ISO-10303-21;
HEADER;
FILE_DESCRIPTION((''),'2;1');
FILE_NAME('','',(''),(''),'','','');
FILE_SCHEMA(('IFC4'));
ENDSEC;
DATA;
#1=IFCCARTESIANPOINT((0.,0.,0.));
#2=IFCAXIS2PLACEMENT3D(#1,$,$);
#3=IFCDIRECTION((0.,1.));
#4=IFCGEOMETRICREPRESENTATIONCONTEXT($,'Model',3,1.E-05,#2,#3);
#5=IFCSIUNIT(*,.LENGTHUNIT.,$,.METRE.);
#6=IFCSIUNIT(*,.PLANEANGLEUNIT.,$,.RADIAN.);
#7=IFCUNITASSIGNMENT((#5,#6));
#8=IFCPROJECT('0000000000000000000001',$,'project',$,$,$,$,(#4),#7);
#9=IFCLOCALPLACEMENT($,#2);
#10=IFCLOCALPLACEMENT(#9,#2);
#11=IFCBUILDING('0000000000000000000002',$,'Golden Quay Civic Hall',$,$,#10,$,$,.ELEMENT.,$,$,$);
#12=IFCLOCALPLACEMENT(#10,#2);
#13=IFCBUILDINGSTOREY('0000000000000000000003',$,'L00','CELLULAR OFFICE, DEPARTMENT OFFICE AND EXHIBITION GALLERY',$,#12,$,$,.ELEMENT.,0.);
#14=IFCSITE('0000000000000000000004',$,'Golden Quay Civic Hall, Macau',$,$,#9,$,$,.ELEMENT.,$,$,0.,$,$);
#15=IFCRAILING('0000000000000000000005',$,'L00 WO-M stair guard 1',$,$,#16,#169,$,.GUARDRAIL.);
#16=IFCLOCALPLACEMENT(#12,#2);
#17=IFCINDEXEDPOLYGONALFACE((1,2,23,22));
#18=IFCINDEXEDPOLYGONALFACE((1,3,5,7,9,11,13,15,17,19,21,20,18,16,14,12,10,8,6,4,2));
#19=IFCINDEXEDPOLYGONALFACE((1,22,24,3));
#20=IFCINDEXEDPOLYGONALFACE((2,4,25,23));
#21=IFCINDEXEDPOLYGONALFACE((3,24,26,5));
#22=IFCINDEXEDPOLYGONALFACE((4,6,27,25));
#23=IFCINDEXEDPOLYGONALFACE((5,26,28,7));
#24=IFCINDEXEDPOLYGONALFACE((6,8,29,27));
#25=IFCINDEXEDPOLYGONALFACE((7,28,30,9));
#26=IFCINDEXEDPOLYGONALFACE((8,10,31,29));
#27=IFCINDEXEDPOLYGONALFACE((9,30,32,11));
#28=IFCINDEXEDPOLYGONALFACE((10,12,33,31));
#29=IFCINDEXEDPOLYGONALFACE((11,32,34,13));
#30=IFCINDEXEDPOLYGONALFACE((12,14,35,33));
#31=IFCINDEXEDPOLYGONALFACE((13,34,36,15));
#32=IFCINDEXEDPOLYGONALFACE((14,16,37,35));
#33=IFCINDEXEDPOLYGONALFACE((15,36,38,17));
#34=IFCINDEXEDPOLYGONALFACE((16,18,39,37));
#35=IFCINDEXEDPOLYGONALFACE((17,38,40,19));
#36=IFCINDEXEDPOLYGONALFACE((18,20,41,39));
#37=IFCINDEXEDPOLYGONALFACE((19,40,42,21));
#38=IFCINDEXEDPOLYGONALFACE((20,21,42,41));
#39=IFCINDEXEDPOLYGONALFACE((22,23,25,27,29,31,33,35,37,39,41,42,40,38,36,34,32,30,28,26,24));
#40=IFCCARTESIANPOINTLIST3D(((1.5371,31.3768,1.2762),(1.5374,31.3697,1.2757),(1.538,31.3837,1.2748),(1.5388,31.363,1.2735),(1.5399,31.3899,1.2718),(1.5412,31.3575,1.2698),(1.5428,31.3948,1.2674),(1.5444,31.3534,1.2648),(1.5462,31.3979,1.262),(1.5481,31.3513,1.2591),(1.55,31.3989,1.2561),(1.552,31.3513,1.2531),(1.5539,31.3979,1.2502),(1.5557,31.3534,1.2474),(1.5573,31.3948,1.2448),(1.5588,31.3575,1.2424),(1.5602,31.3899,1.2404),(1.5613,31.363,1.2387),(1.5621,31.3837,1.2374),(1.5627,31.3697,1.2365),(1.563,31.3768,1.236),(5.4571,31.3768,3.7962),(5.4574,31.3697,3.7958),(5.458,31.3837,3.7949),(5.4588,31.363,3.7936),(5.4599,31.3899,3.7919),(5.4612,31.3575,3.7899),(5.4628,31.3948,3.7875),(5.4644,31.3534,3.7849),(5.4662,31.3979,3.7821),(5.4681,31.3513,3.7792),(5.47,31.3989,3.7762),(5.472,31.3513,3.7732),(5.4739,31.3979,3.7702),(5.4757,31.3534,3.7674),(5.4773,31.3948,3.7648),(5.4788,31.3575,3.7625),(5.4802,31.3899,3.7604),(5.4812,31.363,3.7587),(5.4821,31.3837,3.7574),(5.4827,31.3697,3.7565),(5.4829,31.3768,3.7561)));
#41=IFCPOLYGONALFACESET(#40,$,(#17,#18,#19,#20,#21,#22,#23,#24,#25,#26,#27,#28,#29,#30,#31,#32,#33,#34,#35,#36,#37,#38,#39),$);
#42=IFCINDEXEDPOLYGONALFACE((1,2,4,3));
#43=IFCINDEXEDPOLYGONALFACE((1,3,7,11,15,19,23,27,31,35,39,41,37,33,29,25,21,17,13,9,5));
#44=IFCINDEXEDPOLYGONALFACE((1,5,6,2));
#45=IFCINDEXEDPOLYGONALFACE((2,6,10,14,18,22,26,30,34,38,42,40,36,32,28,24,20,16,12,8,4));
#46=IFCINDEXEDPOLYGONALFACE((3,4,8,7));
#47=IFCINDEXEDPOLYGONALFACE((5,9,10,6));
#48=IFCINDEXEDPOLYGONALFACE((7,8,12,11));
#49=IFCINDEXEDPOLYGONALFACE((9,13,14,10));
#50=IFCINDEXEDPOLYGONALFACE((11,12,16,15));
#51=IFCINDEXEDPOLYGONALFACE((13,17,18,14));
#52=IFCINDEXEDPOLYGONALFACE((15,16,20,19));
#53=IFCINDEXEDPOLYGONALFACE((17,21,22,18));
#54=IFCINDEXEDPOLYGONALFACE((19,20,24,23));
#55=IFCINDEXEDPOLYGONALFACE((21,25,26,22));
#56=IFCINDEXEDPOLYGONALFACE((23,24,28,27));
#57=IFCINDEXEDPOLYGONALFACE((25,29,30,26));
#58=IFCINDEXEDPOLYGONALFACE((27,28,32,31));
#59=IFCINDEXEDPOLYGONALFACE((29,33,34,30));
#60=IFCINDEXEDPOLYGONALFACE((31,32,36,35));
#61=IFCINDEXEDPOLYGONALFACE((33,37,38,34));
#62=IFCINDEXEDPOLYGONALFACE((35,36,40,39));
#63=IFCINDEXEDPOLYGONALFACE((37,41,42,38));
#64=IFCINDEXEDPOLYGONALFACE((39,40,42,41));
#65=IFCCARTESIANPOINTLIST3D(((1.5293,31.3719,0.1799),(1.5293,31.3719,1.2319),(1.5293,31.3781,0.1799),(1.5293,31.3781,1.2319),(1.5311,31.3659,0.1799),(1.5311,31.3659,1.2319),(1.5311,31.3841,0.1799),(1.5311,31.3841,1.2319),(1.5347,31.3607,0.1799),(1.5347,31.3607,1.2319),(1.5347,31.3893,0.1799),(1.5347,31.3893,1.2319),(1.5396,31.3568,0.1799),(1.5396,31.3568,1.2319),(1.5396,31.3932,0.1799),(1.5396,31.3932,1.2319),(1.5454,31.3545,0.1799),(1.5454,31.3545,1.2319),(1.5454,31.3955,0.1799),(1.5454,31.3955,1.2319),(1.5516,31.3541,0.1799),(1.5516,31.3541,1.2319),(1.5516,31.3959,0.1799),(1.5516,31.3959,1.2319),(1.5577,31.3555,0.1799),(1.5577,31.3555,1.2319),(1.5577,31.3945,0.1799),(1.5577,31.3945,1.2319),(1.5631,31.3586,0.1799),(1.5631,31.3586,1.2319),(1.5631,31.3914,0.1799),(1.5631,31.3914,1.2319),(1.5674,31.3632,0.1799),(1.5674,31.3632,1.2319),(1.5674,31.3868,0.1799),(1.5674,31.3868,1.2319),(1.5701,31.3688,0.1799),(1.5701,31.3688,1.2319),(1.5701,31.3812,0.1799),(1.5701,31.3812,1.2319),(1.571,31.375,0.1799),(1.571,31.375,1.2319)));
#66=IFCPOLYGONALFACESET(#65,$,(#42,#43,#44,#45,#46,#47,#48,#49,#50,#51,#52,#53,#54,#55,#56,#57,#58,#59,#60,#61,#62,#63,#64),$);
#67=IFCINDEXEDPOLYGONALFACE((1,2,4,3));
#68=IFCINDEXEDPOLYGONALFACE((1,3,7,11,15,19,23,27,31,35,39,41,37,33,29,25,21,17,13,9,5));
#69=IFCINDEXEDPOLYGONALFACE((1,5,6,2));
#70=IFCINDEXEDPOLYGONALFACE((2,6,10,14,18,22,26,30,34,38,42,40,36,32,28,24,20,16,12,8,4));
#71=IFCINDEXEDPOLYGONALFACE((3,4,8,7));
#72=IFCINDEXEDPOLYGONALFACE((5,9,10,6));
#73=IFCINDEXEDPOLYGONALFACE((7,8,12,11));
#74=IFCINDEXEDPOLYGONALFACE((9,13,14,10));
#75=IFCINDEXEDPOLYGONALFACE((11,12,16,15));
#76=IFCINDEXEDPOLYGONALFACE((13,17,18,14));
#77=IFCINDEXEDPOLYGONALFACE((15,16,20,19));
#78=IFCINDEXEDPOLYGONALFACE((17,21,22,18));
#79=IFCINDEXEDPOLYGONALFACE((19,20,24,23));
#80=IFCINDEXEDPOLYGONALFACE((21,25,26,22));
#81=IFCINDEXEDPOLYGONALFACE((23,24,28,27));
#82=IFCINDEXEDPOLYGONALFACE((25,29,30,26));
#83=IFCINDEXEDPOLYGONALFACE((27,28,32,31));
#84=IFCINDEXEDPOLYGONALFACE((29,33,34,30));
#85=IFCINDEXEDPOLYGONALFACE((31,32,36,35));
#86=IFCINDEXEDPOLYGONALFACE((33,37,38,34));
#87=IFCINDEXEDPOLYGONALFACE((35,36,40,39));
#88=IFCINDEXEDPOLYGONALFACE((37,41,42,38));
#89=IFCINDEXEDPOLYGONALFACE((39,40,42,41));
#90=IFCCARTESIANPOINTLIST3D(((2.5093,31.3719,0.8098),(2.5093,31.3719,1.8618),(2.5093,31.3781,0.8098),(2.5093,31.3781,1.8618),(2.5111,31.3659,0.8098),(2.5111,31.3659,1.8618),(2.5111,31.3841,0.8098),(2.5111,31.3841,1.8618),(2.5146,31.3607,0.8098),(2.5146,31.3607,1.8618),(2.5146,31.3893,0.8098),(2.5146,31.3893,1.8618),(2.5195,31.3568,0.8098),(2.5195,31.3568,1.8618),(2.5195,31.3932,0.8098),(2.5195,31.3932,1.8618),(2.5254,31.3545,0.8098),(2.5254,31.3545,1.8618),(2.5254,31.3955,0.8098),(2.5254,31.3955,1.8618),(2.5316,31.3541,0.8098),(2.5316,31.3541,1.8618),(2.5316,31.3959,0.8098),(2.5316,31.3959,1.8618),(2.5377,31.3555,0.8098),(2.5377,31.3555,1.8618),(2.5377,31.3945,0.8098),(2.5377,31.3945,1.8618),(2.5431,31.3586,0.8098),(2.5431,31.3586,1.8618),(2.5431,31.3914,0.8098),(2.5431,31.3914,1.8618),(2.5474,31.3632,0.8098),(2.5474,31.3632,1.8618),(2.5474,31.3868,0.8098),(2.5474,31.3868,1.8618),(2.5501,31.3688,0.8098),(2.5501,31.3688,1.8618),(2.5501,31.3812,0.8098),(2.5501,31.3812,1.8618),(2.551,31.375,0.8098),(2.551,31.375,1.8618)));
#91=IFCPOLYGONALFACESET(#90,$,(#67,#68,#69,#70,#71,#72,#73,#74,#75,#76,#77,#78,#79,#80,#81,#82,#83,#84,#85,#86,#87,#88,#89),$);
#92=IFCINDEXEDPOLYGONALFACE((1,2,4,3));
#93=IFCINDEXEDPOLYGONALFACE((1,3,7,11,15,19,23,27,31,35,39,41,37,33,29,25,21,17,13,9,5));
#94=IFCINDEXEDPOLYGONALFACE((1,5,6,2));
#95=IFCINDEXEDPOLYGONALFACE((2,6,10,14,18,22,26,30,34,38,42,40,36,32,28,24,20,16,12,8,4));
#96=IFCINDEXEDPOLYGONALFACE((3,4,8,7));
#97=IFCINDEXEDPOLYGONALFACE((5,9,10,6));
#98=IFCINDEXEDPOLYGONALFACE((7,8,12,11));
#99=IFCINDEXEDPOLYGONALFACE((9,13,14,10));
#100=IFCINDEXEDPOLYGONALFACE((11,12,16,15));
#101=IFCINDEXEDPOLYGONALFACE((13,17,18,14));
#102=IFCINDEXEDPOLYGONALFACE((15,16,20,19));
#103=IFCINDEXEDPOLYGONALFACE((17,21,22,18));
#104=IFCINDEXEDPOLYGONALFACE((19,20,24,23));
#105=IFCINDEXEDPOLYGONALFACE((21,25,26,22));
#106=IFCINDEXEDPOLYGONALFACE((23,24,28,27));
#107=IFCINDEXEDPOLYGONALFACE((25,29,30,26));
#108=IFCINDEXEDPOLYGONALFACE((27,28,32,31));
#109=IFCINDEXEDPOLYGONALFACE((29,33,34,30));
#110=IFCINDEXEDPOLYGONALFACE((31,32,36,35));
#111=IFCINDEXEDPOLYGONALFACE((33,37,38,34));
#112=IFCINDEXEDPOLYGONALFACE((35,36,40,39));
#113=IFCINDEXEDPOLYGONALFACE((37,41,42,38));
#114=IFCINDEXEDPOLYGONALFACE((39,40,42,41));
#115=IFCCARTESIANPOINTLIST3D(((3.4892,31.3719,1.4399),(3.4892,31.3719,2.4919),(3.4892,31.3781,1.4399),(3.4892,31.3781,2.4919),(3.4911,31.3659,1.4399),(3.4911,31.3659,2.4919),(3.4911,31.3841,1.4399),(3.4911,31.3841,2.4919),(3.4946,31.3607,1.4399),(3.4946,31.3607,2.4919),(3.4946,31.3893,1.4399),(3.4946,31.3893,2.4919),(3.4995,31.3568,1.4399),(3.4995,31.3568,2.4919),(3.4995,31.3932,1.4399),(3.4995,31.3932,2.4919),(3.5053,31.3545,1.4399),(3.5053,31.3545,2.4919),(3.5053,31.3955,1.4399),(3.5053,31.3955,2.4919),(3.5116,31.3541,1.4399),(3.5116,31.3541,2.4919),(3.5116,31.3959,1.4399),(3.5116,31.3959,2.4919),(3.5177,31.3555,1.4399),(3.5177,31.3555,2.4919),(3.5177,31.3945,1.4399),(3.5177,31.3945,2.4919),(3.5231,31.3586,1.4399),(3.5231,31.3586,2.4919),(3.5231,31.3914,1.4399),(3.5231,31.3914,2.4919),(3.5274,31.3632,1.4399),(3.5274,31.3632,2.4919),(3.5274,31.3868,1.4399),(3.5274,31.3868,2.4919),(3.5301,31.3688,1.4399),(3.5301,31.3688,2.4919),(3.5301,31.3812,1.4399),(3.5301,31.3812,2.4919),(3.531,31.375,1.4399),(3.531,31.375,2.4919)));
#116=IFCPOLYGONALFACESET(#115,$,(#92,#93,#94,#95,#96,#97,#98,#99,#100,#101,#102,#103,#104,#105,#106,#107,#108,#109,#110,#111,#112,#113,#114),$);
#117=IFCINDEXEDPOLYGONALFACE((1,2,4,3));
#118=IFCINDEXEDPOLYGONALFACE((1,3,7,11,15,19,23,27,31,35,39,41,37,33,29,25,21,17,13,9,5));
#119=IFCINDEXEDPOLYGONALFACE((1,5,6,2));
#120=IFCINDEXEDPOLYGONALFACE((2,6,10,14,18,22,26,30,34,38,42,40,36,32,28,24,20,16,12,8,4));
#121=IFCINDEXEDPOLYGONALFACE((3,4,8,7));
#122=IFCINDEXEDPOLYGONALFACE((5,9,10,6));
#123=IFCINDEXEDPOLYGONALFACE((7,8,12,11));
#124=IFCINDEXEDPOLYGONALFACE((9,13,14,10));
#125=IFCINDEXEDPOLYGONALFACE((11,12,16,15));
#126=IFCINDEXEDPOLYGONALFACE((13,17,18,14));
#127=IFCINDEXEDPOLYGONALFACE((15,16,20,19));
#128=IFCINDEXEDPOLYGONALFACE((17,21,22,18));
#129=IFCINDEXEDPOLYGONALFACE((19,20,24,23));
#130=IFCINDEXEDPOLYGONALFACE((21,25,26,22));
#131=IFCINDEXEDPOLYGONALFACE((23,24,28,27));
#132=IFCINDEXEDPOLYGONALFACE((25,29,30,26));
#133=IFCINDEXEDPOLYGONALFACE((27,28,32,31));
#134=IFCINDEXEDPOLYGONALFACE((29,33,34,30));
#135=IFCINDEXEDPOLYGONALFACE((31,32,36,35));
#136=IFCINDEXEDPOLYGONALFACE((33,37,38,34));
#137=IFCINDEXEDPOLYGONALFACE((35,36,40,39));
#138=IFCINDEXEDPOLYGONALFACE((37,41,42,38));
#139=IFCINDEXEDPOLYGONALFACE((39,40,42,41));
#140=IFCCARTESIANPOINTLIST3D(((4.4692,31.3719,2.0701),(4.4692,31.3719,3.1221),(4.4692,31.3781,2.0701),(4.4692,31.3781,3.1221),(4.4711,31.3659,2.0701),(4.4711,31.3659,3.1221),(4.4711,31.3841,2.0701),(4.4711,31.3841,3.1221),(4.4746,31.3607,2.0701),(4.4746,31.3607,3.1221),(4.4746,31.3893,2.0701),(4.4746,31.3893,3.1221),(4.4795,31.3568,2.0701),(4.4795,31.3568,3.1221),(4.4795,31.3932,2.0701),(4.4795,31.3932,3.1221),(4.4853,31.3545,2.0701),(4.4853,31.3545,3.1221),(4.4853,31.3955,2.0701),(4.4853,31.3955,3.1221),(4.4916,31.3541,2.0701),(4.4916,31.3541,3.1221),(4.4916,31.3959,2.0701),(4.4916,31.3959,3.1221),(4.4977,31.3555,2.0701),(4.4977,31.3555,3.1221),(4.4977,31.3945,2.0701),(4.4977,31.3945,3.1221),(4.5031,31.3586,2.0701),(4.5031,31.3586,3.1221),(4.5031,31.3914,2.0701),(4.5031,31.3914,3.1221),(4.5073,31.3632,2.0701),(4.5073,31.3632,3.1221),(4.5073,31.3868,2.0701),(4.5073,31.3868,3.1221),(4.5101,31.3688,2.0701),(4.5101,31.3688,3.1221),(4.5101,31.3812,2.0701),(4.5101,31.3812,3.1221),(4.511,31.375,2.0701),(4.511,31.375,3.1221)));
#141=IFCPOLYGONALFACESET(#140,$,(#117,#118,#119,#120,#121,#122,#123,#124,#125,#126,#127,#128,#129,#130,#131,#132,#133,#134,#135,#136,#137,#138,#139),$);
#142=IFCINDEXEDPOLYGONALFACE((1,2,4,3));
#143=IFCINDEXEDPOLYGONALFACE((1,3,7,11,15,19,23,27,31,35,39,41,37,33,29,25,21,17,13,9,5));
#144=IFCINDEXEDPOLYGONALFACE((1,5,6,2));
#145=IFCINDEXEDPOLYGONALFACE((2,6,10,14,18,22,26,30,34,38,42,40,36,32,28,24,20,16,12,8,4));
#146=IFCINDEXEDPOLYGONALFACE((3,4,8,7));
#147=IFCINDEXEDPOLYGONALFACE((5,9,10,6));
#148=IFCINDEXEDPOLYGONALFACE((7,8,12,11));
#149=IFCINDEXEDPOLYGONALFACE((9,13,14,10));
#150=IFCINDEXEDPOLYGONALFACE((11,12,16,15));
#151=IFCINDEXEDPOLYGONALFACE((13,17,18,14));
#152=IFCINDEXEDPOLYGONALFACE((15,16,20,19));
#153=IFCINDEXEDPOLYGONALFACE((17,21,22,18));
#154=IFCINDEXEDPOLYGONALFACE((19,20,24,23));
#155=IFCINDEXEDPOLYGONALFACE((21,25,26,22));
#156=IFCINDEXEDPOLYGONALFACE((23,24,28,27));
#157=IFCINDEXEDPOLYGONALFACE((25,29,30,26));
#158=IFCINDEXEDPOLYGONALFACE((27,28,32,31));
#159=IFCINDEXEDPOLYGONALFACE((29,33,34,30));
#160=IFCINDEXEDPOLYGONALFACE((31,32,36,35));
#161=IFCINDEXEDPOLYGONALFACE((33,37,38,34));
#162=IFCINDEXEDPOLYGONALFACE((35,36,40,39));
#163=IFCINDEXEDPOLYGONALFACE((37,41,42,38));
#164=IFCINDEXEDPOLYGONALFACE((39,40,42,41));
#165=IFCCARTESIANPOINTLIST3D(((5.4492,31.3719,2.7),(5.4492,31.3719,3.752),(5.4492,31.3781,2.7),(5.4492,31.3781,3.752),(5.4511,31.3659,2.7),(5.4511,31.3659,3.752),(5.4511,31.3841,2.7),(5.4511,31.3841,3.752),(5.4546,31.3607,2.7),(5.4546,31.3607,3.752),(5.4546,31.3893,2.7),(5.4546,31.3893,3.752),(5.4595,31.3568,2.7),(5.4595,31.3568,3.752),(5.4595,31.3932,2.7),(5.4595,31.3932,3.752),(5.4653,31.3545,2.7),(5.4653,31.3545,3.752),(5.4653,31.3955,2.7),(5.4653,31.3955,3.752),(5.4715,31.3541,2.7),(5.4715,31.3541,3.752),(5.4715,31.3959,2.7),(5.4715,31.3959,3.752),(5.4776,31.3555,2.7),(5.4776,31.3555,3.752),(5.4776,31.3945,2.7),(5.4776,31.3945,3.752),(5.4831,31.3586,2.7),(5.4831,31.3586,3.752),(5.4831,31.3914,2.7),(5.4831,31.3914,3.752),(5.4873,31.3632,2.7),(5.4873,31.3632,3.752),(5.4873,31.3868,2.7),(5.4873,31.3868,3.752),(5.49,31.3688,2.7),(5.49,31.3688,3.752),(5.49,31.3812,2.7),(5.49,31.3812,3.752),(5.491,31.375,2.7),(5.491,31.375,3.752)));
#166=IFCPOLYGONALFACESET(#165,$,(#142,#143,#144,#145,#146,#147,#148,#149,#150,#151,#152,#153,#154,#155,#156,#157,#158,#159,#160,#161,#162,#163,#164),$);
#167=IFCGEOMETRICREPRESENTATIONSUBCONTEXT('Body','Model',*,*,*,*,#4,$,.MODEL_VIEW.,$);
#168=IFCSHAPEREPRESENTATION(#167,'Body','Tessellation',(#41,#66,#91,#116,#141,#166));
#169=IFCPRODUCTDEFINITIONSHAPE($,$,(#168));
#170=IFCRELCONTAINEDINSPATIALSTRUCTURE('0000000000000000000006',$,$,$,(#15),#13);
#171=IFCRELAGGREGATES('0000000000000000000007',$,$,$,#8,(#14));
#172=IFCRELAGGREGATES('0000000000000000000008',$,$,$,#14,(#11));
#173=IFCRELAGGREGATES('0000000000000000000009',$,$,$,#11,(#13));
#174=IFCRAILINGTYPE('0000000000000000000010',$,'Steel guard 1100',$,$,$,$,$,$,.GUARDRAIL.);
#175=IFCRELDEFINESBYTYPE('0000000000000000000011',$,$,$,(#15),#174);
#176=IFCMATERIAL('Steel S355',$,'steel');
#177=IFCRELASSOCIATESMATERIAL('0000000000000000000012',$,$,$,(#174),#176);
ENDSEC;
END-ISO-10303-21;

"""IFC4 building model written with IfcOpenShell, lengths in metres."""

from ifc_helpers import new_model, si_unit, direction, frame, origin, origin_2d, place, context, subcontext, project, spatial, circle, extrude, material, type_object, element, save


model = new_model("IFC4")

# Units and contexts
model_context = context("Model", 3, precision=1e-05, world=origin(), true_north=direction((0.0, 1.0)))
body_context = subcontext(model_context, "Body", "Model", "MODEL_VIEW")
ifc_project = project(units=[si_unit("LENGTHUNIT", "METRE"), si_unit("PLANEANGLEUNIT", "RADIAN")], contexts=[model_context])

# Site, building, storey
site_placement = place(None, origin())
site = spatial("IfcSite", under=ifc_project, at=site_placement, Name="Golden Quay Civic Hall, Macau", CompositionType="ELEMENT", RefElevation=0.0)
building_placement = place(site_placement, origin())
building = spatial("IfcBuilding", under=site, at=building_placement, Name="Golden Quay Civic Hall", CompositionType="ELEMENT")
storey_placement = place(building_placement, origin())
storey = spatial("IfcBuildingStorey", under=building, at=storey_placement, Name="L00", Description="CELLULAR OFFICE, DEPARTMENT OFFICE AND EXHIBITION GALLERY", CompositionType="ELEMENT", Elevation=0.0)

# Railing
ifc_material_1 = material(Name="Steel S355", Category="steel")
railing_type_1 = type_object("IfcRailingType", Name="Steel guard 1100", PredefinedType="GUARDRAIL", material=ifc_material_1)
railing_1_placement = place(storey_placement, frame((1.55, 31.375, 0.1799)))
element("IfcRailing", 1, at=railing_1_placement, inside=storey, type_object=railing_type_1, Name="L00 WO-M stair guard 1", PredefinedType="GUARDRAIL", context=body_context, shape_type="SweptSolid", body=[
    extrude(circle(Radius=0.0239, at=origin_2d()), frame((0.0, 0.0, 1.0762), z_axis=(0.841172, 0.0, 0.540768), x_axis=(0.0, 1.0, 0.0)), (0.0, 0.0, 1.0), 4.6602),
    extrude(circle(Radius=0.021, at=origin_2d()), origin(), (0.0, 0.0, 1.0), 1.052),
    extrude(circle(Radius=0.021, at=origin_2d()), frame((0.98, 0.0, 0.6299)), (0.0, 0.0, 1.0), 1.052),
    extrude(circle(Radius=0.021, at=origin_2d()), frame((1.96, 0.0, 1.26)), (0.0, 0.0, 1.0), 1.052),
    extrude(circle(Radius=0.021, at=origin_2d()), frame((2.9399, 0.0, 1.8901)), (0.0, 0.0, 1.0), 1.052),
    extrude(circle(Radius=0.021, at=origin_2d()), frame((3.9199, 0.0, 2.52)), (0.0, 0.0, 1.0), 1.052),
])

save(model, "model.ifc")
